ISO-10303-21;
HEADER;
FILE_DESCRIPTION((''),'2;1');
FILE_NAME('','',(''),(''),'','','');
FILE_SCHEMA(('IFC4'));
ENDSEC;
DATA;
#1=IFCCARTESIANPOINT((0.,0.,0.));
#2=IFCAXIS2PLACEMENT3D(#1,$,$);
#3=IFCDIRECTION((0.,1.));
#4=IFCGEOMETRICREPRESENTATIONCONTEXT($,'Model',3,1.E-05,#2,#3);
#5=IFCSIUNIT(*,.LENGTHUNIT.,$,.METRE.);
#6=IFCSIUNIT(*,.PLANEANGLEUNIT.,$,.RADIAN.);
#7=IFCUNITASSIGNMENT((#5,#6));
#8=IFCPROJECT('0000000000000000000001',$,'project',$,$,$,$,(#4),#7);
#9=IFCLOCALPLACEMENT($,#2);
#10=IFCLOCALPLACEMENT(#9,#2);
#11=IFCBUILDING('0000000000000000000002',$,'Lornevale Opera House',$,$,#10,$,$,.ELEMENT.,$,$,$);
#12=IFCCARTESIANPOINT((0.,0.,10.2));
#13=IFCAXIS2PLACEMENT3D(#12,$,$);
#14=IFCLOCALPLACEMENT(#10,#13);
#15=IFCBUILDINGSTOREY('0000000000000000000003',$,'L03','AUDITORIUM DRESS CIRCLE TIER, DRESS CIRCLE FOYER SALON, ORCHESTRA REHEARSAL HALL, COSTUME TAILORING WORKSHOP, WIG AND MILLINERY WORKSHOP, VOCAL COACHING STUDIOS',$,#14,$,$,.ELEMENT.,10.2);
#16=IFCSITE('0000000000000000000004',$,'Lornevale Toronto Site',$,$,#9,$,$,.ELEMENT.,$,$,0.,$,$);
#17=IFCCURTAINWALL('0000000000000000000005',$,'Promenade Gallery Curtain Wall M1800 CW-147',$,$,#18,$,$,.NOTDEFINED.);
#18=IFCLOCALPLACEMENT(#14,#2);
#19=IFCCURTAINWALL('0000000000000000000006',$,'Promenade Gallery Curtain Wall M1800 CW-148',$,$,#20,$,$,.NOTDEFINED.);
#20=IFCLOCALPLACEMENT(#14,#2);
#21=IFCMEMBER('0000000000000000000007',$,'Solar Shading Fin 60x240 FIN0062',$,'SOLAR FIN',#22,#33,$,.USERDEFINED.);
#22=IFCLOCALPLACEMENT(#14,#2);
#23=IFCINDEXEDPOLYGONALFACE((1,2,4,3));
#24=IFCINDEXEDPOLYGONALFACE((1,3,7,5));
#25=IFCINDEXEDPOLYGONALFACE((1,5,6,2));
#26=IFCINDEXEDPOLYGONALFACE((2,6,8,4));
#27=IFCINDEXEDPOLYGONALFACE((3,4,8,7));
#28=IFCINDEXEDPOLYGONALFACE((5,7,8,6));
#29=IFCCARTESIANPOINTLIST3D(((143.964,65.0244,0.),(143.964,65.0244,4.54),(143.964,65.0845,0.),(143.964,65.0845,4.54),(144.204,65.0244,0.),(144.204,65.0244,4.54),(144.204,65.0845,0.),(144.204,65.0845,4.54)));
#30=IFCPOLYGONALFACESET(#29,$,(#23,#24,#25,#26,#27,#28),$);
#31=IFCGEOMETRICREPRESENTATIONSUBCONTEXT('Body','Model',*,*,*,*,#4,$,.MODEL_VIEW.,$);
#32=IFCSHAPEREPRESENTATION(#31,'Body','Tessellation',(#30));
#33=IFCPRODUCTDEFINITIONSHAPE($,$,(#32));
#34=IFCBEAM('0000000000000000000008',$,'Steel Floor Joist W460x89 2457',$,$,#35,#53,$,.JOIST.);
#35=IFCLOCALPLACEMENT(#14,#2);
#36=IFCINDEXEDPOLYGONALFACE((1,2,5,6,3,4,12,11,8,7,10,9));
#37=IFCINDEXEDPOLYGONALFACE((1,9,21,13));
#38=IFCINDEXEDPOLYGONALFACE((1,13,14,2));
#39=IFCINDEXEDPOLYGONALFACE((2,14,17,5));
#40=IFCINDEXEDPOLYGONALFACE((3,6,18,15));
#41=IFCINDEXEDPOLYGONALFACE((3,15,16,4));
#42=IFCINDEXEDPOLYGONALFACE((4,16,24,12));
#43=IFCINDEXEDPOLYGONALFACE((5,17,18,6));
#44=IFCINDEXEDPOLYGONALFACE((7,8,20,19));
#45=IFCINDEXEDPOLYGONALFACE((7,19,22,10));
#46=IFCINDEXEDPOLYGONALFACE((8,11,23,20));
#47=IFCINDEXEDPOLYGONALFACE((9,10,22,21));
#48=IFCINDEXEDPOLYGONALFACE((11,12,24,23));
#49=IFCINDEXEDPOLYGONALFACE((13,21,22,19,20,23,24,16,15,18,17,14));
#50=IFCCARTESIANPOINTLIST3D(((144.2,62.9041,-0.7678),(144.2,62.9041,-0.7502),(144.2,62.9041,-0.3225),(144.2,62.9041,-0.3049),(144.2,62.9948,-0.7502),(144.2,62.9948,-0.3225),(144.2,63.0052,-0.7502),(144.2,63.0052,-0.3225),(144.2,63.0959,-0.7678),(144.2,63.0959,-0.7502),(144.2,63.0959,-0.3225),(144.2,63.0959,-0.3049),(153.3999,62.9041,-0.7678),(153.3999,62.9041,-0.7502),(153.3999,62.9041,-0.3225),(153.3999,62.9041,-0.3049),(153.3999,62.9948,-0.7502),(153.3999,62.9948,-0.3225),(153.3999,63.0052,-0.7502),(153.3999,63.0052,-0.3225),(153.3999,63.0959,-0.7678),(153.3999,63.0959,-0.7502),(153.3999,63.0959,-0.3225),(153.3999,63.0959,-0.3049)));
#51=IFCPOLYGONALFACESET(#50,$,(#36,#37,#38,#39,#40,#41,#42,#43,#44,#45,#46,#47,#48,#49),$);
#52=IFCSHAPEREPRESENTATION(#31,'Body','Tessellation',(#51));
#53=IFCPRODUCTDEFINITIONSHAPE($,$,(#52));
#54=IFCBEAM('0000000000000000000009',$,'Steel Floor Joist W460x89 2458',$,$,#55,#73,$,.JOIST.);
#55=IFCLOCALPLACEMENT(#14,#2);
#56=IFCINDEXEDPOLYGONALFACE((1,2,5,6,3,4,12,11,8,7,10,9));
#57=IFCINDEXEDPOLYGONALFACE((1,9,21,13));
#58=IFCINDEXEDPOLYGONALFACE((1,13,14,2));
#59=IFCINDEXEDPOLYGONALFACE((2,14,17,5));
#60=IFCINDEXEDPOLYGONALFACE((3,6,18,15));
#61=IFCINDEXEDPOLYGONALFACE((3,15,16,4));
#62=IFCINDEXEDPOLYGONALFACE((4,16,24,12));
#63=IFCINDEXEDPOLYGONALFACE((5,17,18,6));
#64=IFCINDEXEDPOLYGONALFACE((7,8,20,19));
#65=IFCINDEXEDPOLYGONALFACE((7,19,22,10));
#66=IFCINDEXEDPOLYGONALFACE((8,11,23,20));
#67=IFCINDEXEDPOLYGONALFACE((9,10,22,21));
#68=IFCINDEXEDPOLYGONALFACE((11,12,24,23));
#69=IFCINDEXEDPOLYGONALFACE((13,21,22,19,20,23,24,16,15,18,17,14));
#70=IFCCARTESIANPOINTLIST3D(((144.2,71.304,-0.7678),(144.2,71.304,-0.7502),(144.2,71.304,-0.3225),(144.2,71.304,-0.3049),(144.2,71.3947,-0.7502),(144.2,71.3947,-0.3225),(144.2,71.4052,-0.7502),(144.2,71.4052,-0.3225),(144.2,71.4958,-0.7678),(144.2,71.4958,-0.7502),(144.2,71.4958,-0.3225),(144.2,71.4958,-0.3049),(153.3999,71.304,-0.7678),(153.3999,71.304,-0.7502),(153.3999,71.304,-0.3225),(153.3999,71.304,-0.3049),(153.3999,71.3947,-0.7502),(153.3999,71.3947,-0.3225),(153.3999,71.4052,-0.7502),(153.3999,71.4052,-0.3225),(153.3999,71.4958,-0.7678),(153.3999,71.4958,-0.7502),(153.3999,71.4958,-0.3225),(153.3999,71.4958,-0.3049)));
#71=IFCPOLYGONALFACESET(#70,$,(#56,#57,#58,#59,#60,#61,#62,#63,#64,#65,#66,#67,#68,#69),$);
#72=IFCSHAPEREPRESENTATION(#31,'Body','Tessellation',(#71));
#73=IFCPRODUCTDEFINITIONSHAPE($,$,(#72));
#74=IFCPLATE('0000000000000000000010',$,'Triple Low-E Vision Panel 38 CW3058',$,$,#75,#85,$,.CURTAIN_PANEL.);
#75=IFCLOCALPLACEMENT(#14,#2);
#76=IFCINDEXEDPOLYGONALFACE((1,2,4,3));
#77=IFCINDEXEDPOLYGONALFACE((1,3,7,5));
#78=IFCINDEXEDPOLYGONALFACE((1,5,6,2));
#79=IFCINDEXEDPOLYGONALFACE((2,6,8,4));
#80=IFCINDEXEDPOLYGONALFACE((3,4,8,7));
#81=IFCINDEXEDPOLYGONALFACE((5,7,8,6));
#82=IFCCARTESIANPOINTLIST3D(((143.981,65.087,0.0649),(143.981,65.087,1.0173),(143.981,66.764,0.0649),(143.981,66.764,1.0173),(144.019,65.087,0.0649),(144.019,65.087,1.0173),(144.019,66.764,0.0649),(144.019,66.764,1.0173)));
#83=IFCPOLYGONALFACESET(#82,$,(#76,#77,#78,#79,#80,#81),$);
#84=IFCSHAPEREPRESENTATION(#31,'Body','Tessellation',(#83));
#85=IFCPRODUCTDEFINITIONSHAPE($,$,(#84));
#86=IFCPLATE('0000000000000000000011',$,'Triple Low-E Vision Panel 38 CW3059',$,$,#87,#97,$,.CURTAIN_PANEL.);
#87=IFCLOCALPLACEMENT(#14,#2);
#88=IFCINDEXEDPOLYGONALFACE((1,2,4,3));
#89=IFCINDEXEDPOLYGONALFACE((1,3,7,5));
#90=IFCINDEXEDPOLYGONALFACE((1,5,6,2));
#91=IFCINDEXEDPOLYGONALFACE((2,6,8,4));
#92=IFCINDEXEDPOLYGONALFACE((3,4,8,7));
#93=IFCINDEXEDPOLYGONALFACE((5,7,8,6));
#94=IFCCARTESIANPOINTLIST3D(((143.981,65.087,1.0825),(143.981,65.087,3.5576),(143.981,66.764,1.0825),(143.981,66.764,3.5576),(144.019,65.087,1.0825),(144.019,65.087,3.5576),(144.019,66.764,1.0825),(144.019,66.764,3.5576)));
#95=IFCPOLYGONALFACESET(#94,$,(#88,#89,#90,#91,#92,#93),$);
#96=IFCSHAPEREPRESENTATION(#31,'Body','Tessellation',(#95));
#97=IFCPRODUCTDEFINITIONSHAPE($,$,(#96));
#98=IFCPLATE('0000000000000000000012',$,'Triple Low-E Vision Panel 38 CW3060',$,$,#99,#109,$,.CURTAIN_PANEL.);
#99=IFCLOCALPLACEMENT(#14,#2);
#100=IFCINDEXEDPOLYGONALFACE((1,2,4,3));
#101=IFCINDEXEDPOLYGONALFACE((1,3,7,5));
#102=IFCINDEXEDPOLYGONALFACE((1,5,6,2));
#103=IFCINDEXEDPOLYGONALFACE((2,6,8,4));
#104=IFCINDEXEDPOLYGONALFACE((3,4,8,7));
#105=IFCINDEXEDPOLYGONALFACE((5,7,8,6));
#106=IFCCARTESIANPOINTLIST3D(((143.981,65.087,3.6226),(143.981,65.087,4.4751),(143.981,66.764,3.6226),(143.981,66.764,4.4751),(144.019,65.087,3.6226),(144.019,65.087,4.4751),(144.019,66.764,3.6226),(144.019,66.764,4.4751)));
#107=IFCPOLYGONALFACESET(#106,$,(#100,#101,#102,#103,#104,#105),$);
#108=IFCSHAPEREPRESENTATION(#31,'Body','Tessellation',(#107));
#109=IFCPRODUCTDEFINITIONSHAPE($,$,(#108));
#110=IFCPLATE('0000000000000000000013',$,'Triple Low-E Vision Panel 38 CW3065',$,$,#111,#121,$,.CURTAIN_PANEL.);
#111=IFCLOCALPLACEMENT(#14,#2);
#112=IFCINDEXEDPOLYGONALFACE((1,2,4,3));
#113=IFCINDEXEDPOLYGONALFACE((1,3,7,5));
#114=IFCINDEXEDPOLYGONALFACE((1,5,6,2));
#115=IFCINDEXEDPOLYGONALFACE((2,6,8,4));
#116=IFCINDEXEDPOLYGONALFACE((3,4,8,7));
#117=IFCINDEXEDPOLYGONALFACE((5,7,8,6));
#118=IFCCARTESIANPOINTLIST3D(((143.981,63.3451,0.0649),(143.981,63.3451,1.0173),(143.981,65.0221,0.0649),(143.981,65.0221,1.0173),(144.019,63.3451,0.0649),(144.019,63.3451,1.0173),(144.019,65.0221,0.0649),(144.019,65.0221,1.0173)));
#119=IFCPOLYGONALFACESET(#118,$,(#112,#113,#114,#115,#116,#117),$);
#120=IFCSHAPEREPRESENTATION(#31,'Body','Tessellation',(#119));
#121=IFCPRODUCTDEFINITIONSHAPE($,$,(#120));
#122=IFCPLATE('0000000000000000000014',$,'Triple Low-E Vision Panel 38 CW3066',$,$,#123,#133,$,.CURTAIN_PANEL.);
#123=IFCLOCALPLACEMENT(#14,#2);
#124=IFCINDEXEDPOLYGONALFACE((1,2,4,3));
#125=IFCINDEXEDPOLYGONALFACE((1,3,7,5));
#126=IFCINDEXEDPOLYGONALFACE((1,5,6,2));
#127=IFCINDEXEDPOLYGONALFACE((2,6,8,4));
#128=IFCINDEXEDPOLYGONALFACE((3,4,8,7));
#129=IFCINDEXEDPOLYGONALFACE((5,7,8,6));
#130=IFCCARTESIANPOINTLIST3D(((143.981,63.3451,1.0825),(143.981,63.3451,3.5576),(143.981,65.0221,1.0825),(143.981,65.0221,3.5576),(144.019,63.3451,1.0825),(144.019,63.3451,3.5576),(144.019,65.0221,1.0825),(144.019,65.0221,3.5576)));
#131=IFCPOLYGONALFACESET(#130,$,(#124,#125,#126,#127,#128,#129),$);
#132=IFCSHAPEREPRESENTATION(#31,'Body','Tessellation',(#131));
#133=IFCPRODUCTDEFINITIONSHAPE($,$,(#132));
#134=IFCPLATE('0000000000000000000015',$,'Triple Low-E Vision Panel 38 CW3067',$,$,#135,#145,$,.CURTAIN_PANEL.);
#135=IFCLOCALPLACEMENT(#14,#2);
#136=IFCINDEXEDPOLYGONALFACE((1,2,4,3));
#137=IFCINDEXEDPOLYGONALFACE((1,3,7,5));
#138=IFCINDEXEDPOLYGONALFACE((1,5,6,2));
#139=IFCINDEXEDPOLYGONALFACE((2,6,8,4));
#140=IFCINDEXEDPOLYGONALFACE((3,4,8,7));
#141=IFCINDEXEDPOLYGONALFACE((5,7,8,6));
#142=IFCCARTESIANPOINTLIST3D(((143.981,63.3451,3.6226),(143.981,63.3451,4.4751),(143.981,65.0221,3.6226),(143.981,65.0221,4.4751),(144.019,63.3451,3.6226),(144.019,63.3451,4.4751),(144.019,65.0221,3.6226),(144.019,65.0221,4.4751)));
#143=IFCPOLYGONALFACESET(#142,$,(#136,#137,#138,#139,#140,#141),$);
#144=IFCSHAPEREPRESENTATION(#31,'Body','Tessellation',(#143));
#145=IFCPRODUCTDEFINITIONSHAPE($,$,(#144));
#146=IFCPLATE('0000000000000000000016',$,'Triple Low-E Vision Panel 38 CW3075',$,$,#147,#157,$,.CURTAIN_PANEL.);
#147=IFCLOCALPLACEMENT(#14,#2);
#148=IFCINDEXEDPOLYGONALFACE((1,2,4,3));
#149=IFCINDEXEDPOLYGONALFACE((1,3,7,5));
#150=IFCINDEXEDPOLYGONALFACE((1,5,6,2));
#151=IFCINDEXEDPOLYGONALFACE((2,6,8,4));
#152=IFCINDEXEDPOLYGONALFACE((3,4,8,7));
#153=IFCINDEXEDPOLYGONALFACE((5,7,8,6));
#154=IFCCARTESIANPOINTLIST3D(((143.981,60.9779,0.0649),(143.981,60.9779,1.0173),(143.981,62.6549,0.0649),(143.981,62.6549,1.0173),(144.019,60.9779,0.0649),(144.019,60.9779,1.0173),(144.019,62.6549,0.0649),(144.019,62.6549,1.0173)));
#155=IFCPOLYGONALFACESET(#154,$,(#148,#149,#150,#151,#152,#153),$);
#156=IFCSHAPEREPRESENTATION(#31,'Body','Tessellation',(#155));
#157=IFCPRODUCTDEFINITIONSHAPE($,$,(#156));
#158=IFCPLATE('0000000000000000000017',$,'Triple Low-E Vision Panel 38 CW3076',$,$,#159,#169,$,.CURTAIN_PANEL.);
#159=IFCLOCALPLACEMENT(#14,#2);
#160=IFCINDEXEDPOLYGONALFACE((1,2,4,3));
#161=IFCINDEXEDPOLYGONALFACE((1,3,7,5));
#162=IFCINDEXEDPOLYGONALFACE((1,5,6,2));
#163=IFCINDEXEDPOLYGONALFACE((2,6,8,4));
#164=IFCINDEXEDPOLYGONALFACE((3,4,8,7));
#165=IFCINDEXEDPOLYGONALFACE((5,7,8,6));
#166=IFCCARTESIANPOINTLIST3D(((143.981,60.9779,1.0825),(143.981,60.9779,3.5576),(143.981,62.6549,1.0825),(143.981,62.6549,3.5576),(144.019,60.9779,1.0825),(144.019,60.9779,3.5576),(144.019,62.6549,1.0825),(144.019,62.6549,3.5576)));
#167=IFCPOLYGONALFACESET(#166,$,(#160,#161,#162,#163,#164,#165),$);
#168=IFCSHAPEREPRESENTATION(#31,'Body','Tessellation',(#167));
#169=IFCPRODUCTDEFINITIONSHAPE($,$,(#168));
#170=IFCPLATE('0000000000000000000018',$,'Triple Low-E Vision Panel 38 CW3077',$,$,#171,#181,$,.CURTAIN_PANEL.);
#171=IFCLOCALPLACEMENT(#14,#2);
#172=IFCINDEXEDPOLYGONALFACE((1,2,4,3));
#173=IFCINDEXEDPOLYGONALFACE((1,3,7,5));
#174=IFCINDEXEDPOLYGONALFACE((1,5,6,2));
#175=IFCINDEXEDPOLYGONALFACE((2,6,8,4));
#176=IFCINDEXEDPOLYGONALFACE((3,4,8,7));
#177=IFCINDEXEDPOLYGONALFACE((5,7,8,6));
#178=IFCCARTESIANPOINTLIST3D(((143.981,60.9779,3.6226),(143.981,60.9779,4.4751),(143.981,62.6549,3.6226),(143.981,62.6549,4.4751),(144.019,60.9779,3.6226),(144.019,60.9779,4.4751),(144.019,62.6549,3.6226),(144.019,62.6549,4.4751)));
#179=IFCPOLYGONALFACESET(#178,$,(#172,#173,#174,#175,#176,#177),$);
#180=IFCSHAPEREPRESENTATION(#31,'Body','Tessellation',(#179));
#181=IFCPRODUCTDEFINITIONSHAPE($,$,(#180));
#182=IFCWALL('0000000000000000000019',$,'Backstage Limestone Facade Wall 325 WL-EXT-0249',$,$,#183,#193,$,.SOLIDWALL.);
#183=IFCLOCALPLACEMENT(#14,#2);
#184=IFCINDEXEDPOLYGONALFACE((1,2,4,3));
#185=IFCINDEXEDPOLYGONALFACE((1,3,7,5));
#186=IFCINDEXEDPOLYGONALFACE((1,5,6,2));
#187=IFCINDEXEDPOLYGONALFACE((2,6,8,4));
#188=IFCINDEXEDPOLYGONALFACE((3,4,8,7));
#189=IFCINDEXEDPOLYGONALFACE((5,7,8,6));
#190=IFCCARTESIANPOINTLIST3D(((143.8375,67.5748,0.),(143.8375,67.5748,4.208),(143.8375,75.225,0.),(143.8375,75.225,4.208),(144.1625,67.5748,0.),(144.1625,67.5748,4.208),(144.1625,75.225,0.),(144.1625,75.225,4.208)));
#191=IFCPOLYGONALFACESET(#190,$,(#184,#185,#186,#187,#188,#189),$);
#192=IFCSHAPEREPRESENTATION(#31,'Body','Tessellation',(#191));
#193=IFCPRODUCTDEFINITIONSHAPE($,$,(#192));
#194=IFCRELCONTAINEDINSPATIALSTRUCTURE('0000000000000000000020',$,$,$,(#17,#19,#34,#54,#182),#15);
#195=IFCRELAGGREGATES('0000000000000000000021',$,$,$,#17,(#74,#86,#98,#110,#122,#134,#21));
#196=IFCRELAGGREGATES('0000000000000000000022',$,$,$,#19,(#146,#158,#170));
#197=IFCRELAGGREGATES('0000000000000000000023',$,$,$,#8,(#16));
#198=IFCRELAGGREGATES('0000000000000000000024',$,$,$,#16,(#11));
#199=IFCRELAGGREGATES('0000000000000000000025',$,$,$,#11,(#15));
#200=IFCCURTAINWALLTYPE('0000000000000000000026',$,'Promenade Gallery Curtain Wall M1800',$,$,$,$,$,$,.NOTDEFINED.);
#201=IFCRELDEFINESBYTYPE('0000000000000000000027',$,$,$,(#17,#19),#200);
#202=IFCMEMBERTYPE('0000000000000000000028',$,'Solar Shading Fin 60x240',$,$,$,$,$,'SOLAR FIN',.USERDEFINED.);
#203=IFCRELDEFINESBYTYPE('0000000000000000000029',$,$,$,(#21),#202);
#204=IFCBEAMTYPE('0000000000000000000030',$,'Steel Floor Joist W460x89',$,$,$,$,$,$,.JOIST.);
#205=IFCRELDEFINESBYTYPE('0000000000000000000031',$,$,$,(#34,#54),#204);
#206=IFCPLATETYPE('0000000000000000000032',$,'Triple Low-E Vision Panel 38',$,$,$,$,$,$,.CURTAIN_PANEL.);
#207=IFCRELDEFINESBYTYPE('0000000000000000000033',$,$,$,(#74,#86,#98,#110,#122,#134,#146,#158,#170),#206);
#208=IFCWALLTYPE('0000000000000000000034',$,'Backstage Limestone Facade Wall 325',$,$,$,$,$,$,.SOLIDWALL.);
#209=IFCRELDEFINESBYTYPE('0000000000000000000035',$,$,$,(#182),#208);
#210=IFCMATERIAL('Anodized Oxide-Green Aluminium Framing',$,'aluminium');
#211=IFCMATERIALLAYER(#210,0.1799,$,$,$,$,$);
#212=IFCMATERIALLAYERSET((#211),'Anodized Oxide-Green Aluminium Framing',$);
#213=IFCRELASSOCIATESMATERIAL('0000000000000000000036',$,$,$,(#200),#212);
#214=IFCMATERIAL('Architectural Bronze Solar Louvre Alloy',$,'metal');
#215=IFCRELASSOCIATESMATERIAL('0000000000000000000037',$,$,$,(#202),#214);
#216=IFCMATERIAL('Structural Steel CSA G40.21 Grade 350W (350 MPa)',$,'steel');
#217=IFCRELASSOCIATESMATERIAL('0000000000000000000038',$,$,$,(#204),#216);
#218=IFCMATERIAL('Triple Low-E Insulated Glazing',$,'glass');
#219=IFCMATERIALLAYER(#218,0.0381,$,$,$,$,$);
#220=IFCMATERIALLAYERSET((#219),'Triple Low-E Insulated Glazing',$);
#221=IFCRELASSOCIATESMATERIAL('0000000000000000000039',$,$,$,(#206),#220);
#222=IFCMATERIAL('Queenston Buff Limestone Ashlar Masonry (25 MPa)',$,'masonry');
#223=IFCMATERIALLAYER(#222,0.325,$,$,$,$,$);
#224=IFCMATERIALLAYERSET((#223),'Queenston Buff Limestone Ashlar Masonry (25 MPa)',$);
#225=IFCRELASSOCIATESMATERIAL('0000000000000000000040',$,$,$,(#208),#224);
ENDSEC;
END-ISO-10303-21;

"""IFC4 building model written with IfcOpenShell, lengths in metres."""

from ifc_helpers import new_model, si_unit, direction, frame, frame_2d, origin, origin_2d, place, context, subcontext, project, spatial, rectangle, i_section, extrude, material, layer, layer_set, material_profile, profile_set, type_object, element, aggregate, save


model = new_model("IFC4")

# Units and contexts
model_context = context("Model", 3, precision=1e-05, world=origin(), true_north=direction((0.0, 1.0)))
body_context = subcontext(model_context, "Body", "Model", "MODEL_VIEW")
ifc_project = project(units=[si_unit("LENGTHUNIT", "METRE"), si_unit("PLANEANGLEUNIT", "RADIAN")], contexts=[model_context])

# Site, building, storey
site_placement = place(None, origin())
site = spatial("IfcSite", under=ifc_project, at=site_placement, Name="Lornevale Toronto Site", CompositionType="ELEMENT", RefElevation=0.0)
building_placement = place(site_placement, origin())
building = spatial("IfcBuilding", under=site, at=building_placement, Name="Lornevale Opera House", CompositionType="ELEMENT")
storey_placement = place(building_placement, frame((0.0, 0.0, 10.2)))
storey = spatial("IfcBuildingStorey", under=building, at=storey_placement, Name="L03", Description="AUDITORIUM DRESS CIRCLE TIER, DRESS CIRCLE FOYER SALON, ORCHESTRA REHEARSAL HALL, COSTUME TAILORING WORKSHOP, WIG AND MILLINERY WORKSHOP, VOCAL COACHING STUDIOS", CompositionType="ELEMENT", Elevation=10.2)

# Curtain wall
ifc_material_1 = material(Name="Anodized Oxide-Green Aluminium Framing", Category="aluminium")
ifc_layer_1 = layer(ifc_material_1, 0.1799)
ifc_layer_set_1 = layer_set([ifc_layer_1], Name="Anodized Oxide-Green Aluminium Framing")
curtain_wall_type = type_object("IfcCurtainWallType", Name="Promenade Gallery Curtain Wall M1800", PredefinedType="NOTDEFINED", material=ifc_layer_set_1)
curtain_wall_1_placement = place(storey_placement, origin())
curtain_wall_1 = element("IfcCurtainWall", 1, at=curtain_wall_1_placement, inside=storey, type_object=curtain_wall_type, Name="Promenade Gallery Curtain Wall M1800 CW-147", PredefinedType="NOTDEFINED")

# Curtain wall
curtain_wall_2_placement = place(storey_placement, origin())
curtain_wall_2 = element("IfcCurtainWall", 2, at=curtain_wall_2_placement, inside=storey, type_object=curtain_wall_type, Name="Promenade Gallery Curtain Wall M1800 CW-148", PredefinedType="NOTDEFINED")

# Member
ifc_material_2 = material(Name="Architectural Bronze Solar Louvre Alloy", Category="metal")
ifc_material_profile_1 = material_profile(ifc_material_2, rectangle(XDim=0.0601, YDim=0.24, at=origin_2d()), Name="FIN60x240")
ifc_profile_set_1 = profile_set([ifc_material_profile_1], Name="Architectural Bronze Solar Louvre Alloy")
member_type_1 = type_object("IfcMemberType", Name="Solar Shading Fin 60x240", ElementType="SOLAR FIN", PredefinedType="USERDEFINED", material=ifc_profile_set_1)
member_1_placement = place(storey_placement, frame((144.084, 65.0544, 0.0), z_axis=(0.0, 0.0, 1.0), x_axis=(0.0, -1.0, 0.0)))
member_1 = element("IfcMember", 3, at=member_1_placement, type_object=member_type_1, Name="Solar Shading Fin 60x240 FIN0062", ObjectType="SOLAR FIN", PredefinedType="USERDEFINED", context=body_context, shape_type="SweptSolid", body=[
    extrude(rectangle(XDim=0.0601, YDim=0.24, at=origin_2d()), origin(), (0.0, 0.0, 1.0), 4.54),
])

# Beams
ifc_material_3 = material(Name="Structural Steel CSA G40.21 Grade 350W (350 MPa)", Category="steel")
ifc_material_profile_2 = material_profile(ifc_material_3, i_section(OverallWidth=0.1919, OverallDepth=0.4629, WebThickness=0.0105, FlangeThickness=0.0176, at=origin_2d()), Name="W460x89")
ifc_profile_set_2 = profile_set([ifc_material_profile_2], Name="Structural Steel CSA G40.21 Grade 350W (350 MPa)")
beam_type_1 = type_object("IfcBeamType", Name="Steel Floor Joist W460x89", PredefinedType="JOIST", material=ifc_profile_set_2)
for number, where, z_axis, x_axis, name in (
    (4, (144.2, 63.0, -0.5364), (1.0, 0.0, 0.0), (0.0, 1.0, 0.0), "Steel Floor Joist W460x89 2457"),
    (5, (144.2, 71.3999, -0.5364), (1.0, 0.0, 0.0), (0.0, 1.0, 0.0), "Steel Floor Joist W460x89 2458"),
):
    element("IfcBeam", number, at=place(storey_placement, frame(where, z_axis=z_axis, x_axis=x_axis)), inside=storey, type_object=beam_type_1, Name=name, PredefinedType="JOIST", context=body_context, shape_type="SweptSolid", body=[
        extrude(i_section(OverallWidth=0.1919, OverallDepth=0.4629, WebThickness=0.0105, FlangeThickness=0.0176, at=origin_2d()), origin(), (0.0, 0.0, 1.0), 9.2),
    ])

# Plates
ifc_material_4 = material(Name="Triple Low-E Insulated Glazing", Category="glass")
ifc_layer_2 = layer(ifc_material_4, 0.0381)
ifc_layer_set_2 = layer_set([ifc_layer_2], Name="Triple Low-E Insulated Glazing")
plate_type = type_object("IfcPlateType", Name="Triple Low-E Vision Panel 38", PredefinedType="CURTAIN_PANEL", material=ifc_layer_set_2)
plate_1_placement = place(storey_placement, frame((144.0, 65.9255, 0.0649), z_axis=(0.0, 0.0, 1.0), x_axis=(0.0, -1.0, 0.0)))
plate_1 = element("IfcPlate", 6, at=plate_1_placement, type_object=plate_type, Name="Triple Low-E Vision Panel 38 CW3058", PredefinedType="CURTAIN_PANEL", context=body_context, shape_type="SweptSolid", body=[
    extrude(rectangle(XDim=1.677, YDim=0.0381, at=origin_2d()), origin(), (0.0, 0.0, 1.0), 0.9524),
])
plate_2_placement = place(storey_placement, frame((144.0, 65.9255, 1.0825), z_axis=(0.0, 0.0, 1.0), x_axis=(0.0, -1.0, 0.0)))
plate_2 = element("IfcPlate", 7, at=plate_2_placement, type_object=plate_type, Name="Triple Low-E Vision Panel 38 CW3059", PredefinedType="CURTAIN_PANEL", context=body_context, shape_type="SweptSolid", body=[
    extrude(rectangle(XDim=1.677, YDim=0.0381, at=origin_2d()), origin(), (0.0, 0.0, 1.0), 2.4751),
])
plate_3_placement = place(storey_placement, frame((144.0, 65.9255, 3.6226), z_axis=(0.0, 0.0, 1.0), x_axis=(0.0, -1.0, 0.0)))
plate_3 = element("IfcPlate", 8, at=plate_3_placement, type_object=plate_type, Name="Triple Low-E Vision Panel 38 CW3060", PredefinedType="CURTAIN_PANEL", context=body_context, shape_type="SweptSolid", body=[
    extrude(rectangle(XDim=1.677, YDim=0.0381, at=origin_2d()), origin(), (0.0, 0.0, 1.0), 0.8525),
])
plate_4_placement = place(storey_placement, frame((144.0, 64.1836, 0.0649), z_axis=(0.0, 0.0, 1.0), x_axis=(0.0, -1.0, 0.0)))
plate_4 = element("IfcPlate", 9, at=plate_4_placement, type_object=plate_type, Name="Triple Low-E Vision Panel 38 CW3065", PredefinedType="CURTAIN_PANEL", context=body_context, shape_type="SweptSolid", body=[
    extrude(rectangle(XDim=1.677, YDim=0.0381, at=origin_2d()), origin(), (0.0, 0.0, 1.0), 0.9524),
])
plate_5_placement = place(storey_placement, frame((144.0, 64.1836, 1.0825), z_axis=(0.0, 0.0, 1.0), x_axis=(0.0, -1.0, 0.0)))
plate_5 = element("IfcPlate", 10, at=plate_5_placement, type_object=plate_type, Name="Triple Low-E Vision Panel 38 CW3066", PredefinedType="CURTAIN_PANEL", context=body_context, shape_type="SweptSolid", body=[
    extrude(rectangle(XDim=1.677, YDim=0.0381, at=origin_2d()), origin(), (0.0, 0.0, 1.0), 2.4751),
])
plate_6_placement = place(storey_placement, frame((144.0, 64.1836, 3.6226), z_axis=(0.0, 0.0, 1.0), x_axis=(0.0, -1.0, 0.0)))
plate_6 = element("IfcPlate", 11, at=plate_6_placement, type_object=plate_type, Name="Triple Low-E Vision Panel 38 CW3067", PredefinedType="CURTAIN_PANEL", context=body_context, shape_type="SweptSolid", body=[
    extrude(rectangle(XDim=1.677, YDim=0.0381, at=origin_2d()), origin(), (0.0, 0.0, 1.0), 0.8525),
])
aggregate(curtain_wall_1, [plate_1, plate_2, plate_3, plate_4, plate_5, plate_6, member_1])
plate_7_placement = place(storey_placement, frame((144.0, 61.8164, 0.0649), z_axis=(0.0, 0.0, 1.0), x_axis=(0.0, -1.0, 0.0)))
plate_7 = element("IfcPlate", 12, at=plate_7_placement, type_object=plate_type, Name="Triple Low-E Vision Panel 38 CW3075", PredefinedType="CURTAIN_PANEL", context=body_context, shape_type="SweptSolid", body=[
    extrude(rectangle(XDim=1.677, YDim=0.0381, at=origin_2d()), origin(), (0.0, 0.0, 1.0), 0.9524),
])
plate_8_placement = place(storey_placement, frame((144.0, 61.8164, 1.0825), z_axis=(0.0, 0.0, 1.0), x_axis=(0.0, -1.0, 0.0)))
plate_8 = element("IfcPlate", 13, at=plate_8_placement, type_object=plate_type, Name="Triple Low-E Vision Panel 38 CW3076", PredefinedType="CURTAIN_PANEL", context=body_context, shape_type="SweptSolid", body=[
    extrude(rectangle(XDim=1.677, YDim=0.0381, at=origin_2d()), origin(), (0.0, 0.0, 1.0), 2.4751),
])
plate_9_placement = place(storey_placement, frame((144.0, 61.8164, 3.6226), z_axis=(0.0, 0.0, 1.0), x_axis=(0.0, -1.0, 0.0)))
plate_9 = element("IfcPlate", 14, at=plate_9_placement, type_object=plate_type, Name="Triple Low-E Vision Panel 38 CW3077", PredefinedType="CURTAIN_PANEL", context=body_context, shape_type="SweptSolid", body=[
    extrude(rectangle(XDim=1.677, YDim=0.0381, at=origin_2d()), origin(), (0.0, 0.0, 1.0), 0.8525),
])
aggregate(curtain_wall_2, [plate_7, plate_8, plate_9])

# Wall
ifc_material_5 = material(Name="Queenston Buff Limestone Ashlar Masonry (25 MPa)", Category="masonry")
ifc_layer_3 = layer(ifc_material_5, 0.325)
ifc_layer_set_3 = layer_set([ifc_layer_3], Name="Queenston Buff Limestone Ashlar Masonry (25 MPa)")
wall_type_1 = type_object("IfcWallType", Name="Backstage Limestone Facade Wall 325", PredefinedType="SOLIDWALL", material=ifc_layer_set_3)
wall_1_placement = place(storey_placement, frame((144.0, 75.2251, 0.0), z_axis=(0.0, 0.0, 1.0), x_axis=(0.0, -1.0, 0.0)))
element("IfcWall", 15, at=wall_1_placement, inside=storey, type_object=wall_type_1, Name="Backstage Limestone Facade Wall 325 WL-EXT-0249", PredefinedType="SOLIDWALL", context=body_context, shape_type="SweptSolid", body=[
    extrude(rectangle(XDim=7.6501, YDim=0.325, at=frame_2d((3.8252, 0.0))), origin(), (0.0, 0.0, 1.0), 4.208),
])

save(model, "model.ifc")
